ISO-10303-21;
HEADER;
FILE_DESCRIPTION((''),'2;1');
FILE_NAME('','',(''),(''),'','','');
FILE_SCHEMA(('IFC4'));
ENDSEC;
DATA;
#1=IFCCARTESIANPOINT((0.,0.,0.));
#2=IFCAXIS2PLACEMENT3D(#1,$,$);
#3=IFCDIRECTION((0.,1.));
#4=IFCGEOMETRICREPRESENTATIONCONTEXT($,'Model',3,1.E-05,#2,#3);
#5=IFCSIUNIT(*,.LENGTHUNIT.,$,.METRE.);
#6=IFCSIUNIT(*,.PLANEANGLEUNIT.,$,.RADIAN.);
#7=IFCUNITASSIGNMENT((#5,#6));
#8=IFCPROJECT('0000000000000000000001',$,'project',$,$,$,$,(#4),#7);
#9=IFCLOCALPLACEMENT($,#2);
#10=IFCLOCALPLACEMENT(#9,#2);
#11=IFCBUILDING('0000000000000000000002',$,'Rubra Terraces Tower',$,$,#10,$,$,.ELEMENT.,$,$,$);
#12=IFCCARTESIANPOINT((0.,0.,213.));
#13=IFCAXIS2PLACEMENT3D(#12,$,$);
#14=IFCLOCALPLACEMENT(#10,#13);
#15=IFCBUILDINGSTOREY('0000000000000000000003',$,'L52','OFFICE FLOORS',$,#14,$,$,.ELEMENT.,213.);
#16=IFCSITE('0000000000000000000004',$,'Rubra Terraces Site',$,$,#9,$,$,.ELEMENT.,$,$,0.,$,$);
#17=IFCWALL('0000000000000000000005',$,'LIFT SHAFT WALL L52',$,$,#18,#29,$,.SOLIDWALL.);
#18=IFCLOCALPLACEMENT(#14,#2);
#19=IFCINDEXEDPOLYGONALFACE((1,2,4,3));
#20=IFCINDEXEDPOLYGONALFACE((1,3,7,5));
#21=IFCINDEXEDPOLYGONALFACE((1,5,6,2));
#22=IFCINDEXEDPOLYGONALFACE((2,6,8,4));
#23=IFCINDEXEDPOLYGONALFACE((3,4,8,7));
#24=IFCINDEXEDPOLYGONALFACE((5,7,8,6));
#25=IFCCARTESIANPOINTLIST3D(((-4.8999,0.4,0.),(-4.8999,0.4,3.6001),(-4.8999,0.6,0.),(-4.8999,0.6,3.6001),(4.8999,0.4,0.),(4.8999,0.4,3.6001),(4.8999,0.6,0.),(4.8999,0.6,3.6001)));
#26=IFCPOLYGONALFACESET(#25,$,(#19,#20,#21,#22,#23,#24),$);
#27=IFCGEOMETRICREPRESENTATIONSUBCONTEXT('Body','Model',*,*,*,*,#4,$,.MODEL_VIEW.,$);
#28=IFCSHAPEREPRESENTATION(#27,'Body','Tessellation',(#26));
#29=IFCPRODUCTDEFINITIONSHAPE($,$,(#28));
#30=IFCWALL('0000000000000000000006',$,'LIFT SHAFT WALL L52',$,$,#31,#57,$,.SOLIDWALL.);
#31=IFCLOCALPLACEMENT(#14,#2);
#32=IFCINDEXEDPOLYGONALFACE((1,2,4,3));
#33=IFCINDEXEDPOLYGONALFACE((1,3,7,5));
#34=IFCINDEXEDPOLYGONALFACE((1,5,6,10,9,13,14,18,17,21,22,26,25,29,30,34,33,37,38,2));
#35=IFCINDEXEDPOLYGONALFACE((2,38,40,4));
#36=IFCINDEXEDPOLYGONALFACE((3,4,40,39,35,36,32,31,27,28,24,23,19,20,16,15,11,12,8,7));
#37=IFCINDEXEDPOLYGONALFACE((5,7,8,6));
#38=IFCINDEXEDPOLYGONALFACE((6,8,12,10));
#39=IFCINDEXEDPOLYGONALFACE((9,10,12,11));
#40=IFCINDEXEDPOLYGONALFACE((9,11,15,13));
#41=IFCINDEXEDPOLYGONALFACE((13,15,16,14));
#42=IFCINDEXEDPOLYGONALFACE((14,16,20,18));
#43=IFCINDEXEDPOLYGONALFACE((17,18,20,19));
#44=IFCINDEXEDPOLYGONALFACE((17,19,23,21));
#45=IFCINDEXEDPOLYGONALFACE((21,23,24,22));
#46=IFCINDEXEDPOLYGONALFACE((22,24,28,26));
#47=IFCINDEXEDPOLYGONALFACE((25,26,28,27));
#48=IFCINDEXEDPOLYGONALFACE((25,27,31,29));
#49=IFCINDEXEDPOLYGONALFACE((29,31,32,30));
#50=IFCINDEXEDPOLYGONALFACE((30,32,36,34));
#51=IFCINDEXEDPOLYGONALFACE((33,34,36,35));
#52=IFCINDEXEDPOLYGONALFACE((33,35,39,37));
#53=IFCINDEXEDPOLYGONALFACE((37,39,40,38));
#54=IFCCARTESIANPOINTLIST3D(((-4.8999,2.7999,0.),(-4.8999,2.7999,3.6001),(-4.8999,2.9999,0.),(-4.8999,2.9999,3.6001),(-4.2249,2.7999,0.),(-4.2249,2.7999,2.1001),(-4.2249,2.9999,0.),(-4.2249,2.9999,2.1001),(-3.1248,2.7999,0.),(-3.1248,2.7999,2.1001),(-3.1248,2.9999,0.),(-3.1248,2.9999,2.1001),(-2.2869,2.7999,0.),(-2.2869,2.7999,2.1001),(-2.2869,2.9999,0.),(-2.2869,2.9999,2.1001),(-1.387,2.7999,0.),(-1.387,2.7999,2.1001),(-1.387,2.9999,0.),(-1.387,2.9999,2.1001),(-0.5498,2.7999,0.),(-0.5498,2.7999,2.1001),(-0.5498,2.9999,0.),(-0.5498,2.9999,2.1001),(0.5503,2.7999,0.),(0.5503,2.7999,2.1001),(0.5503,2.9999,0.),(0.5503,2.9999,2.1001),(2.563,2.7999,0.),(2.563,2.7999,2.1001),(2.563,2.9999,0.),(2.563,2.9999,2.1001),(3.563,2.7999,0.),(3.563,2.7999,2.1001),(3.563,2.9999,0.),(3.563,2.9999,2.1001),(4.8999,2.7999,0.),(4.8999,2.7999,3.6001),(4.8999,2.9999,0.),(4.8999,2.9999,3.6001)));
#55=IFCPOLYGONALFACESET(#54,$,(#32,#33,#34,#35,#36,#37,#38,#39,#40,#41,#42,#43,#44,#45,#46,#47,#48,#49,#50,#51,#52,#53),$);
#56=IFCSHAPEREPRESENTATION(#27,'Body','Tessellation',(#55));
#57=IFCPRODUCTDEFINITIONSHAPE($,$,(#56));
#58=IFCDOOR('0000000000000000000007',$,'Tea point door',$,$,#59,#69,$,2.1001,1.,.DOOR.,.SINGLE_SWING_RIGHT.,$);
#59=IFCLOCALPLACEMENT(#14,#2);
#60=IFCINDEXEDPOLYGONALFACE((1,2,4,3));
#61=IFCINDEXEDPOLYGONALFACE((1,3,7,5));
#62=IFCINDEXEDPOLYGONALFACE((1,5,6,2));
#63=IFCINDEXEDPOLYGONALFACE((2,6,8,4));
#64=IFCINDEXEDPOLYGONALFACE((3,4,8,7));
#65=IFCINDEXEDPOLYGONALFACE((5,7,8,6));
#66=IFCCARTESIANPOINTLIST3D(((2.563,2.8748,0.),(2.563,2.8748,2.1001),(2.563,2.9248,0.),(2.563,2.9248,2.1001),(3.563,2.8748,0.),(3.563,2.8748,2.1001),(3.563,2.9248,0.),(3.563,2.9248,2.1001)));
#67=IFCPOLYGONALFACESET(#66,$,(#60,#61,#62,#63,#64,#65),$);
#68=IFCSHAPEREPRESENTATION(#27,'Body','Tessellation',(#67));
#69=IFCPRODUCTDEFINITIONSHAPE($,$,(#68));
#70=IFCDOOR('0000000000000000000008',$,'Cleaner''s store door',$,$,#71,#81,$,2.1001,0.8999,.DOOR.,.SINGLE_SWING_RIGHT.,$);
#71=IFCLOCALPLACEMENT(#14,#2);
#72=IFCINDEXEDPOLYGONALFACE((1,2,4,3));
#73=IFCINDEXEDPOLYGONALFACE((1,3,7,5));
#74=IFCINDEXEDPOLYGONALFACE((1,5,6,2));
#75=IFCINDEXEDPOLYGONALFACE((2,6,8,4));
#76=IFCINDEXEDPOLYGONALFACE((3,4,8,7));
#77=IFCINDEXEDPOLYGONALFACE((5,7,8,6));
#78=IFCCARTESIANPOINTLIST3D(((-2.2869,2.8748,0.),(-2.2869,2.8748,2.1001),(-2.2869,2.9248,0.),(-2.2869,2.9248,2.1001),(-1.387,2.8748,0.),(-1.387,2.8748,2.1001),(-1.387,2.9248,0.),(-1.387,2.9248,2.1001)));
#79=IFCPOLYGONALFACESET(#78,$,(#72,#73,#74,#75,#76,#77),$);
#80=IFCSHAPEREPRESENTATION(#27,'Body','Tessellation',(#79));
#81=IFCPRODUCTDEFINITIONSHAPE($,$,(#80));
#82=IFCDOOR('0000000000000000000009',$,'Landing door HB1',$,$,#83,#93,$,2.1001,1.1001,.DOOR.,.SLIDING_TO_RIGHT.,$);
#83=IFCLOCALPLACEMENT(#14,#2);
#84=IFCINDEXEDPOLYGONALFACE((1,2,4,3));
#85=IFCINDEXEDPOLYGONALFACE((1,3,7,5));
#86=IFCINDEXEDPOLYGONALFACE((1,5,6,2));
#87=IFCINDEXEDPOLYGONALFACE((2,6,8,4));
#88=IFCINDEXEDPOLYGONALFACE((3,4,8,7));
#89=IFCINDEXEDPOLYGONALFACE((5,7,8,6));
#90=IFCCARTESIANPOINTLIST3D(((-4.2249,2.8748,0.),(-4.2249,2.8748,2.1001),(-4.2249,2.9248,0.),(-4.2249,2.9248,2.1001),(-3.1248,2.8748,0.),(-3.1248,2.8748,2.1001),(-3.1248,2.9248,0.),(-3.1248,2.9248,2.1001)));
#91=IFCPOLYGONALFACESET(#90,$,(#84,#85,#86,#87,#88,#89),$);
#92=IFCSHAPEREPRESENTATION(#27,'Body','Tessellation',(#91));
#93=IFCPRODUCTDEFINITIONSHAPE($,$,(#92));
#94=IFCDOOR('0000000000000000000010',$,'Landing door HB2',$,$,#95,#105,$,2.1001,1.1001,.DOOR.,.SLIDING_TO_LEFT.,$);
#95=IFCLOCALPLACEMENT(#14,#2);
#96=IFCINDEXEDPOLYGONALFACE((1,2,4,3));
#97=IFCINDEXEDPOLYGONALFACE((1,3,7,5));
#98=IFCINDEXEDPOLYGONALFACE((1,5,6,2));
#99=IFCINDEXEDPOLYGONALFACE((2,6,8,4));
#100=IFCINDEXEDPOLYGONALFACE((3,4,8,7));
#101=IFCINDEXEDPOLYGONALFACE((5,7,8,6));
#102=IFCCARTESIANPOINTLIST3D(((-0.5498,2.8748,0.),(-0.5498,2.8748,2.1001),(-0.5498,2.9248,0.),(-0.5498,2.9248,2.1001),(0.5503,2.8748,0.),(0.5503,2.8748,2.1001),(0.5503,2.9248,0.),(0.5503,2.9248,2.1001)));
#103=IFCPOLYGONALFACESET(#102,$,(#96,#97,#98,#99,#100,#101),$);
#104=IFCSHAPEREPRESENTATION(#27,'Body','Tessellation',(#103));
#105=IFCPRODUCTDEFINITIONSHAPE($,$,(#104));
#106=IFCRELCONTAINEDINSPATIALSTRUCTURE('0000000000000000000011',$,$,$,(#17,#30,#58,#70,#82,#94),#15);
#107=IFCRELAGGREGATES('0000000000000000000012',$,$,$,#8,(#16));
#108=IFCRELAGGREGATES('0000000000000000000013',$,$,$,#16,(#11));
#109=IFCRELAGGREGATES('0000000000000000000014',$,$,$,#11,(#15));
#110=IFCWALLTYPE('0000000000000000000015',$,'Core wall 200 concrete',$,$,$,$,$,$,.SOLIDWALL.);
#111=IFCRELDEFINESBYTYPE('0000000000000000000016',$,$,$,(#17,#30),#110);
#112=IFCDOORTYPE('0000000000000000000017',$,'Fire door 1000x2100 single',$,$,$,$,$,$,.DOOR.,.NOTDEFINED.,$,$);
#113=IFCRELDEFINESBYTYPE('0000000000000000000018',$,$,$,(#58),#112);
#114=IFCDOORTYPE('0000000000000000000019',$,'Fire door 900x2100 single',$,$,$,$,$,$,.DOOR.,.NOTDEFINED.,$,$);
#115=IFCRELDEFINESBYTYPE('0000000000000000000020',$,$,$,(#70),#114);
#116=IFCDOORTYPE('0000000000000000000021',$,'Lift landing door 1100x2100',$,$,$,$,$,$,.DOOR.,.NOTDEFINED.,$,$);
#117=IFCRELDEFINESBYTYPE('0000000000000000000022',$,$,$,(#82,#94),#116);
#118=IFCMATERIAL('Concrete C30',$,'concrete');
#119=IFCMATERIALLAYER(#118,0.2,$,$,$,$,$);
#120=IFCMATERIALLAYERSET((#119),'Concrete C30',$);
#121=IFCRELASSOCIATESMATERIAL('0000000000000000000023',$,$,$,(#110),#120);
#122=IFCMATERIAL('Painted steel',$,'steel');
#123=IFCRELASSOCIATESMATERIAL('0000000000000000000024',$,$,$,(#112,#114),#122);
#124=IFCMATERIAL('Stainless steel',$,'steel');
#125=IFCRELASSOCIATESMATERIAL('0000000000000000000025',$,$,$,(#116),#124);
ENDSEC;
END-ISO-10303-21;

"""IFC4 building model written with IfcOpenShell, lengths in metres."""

from ifc_helpers import new_model, si_unit, direction, frame, frame_2d, origin, place, context, subcontext, project, spatial, rectangle, extrude, material, layer, layer_set, type_object, element, fill, save


model = new_model("IFC4")

# Units and contexts
model_context = context("Model", 3, precision=1e-05, world=origin(), true_north=direction((0.0, 1.0)))
body_context = subcontext(model_context, "Body", "Model", "MODEL_VIEW")
ifc_project = project(units=[si_unit("LENGTHUNIT", "METRE"), si_unit("PLANEANGLEUNIT", "RADIAN")], contexts=[model_context])

# Site, building, storey
site_placement = place(None, origin())
site = spatial("IfcSite", under=ifc_project, at=site_placement, Name="Rubra Terraces Site", CompositionType="ELEMENT", RefElevation=0.0)
building_placement = place(site_placement, origin())
building = spatial("IfcBuilding", under=site, at=building_placement, Name="Rubra Terraces Tower", CompositionType="ELEMENT")
storey_placement = place(building_placement, frame((0.0, 0.0, 213.0)))
storey = spatial("IfcBuildingStorey", under=building, at=storey_placement, Name="L52", Description="OFFICE FLOORS", CompositionType="ELEMENT", Elevation=213.0)

# Wall
ifc_material_1 = material(Name="Concrete C30", Category="concrete")
ifc_layer_1 = layer(ifc_material_1, 0.2)
ifc_layer_set_1 = layer_set([ifc_layer_1], Name="Concrete C30")
wall_type_1 = type_object("IfcWallType", Name="Core wall 200 concrete", PredefinedType="SOLIDWALL", material=ifc_layer_set_1)
wall_1_placement = place(storey_placement, frame((-4.8999, 0.5, 0.0), z_axis=(0.0, 0.0, 1.0), x_axis=(1.0, 0.0, 0.0)))
element("IfcWall", 1, at=wall_1_placement, inside=storey, type_object=wall_type_1, Name="LIFT SHAFT WALL L52", PredefinedType="SOLIDWALL", context=body_context, shape_type="SweptSolid", body=[
    extrude(rectangle(XDim=9.7998, YDim=0.2, at=frame_2d((4.8999, 0.0))), origin(), (0.0, 0.0, 1.0), 3.6001),
])

# Wall, openings, doors
wall_2_placement = place(storey_placement, frame((-4.8999, 2.8999, 0.0), z_axis=(0.0, 0.0, 1.0), x_axis=(1.0, 0.0, 0.0)))
wall_2 = element("IfcWall", 2, at=wall_2_placement, inside=storey, type_object=wall_type_1, Name="LIFT SHAFT WALL L52", PredefinedType="SOLIDWALL", context=body_context, shape_type="SweptSolid", body=[
    extrude(rectangle(XDim=9.7998, YDim=0.2, at=frame_2d((4.8999, 0.0))), origin(), (0.0, 0.0, 1.0), 3.6001),
])
opening_1_placement = place(wall_2_placement, frame((0.675, 0.0, 0.0)))
opening_1 = element("IfcOpeningElement", 3, at=opening_1_placement, cuts=wall_2, PredefinedType="OPENING", context=body_context, shape_type="SweptSolid", body=[
    extrude(rectangle(XDim=1.1001, YDim=2.1001, at=frame_2d((0.55, 1.05))), frame((0.0, 0.1099, 0.0), z_axis=(0.0, -1.0, 0.0), x_axis=(1.0, 0.0, 0.0)), (0.0, 0.0, 1.0), 0.22),
])
opening_2_placement = place(wall_2_placement, frame((2.613, 0.0, 0.0)))
opening_2 = element("IfcOpeningElement", 4, at=opening_2_placement, cuts=wall_2, PredefinedType="OPENING", context=body_context, shape_type="SweptSolid", body=[
    extrude(rectangle(XDim=0.8999, YDim=2.1001, at=frame_2d((0.45, 1.05))), frame((0.0, 0.1099, 0.0), z_axis=(0.0, -1.0, 0.0), x_axis=(1.0, 0.0, 0.0)), (0.0, 0.0, 1.0), 0.22),
])
opening_3_placement = place(wall_2_placement, frame((4.3501, 0.0, 0.0)))
opening_3 = element("IfcOpeningElement", 5, at=opening_3_placement, cuts=wall_2, PredefinedType="OPENING", context=body_context, shape_type="SweptSolid", body=[
    extrude(rectangle(XDim=1.1001, YDim=2.1001, at=frame_2d((0.55, 1.05))), frame((0.0, 0.1099, 0.0), z_axis=(0.0, -1.0, 0.0), x_axis=(1.0, 0.0, 0.0)), (0.0, 0.0, 1.0), 0.22),
])
opening_4_placement = place(wall_2_placement, frame((7.4629, 0.0, 0.0)))
opening_4 = element("IfcOpeningElement", 6, at=opening_4_placement, cuts=wall_2, PredefinedType="OPENING", context=body_context, shape_type="SweptSolid", body=[
    extrude(rectangle(XDim=1.0, YDim=2.1001, at=frame_2d((0.5, 1.05))), frame((0.0, 0.1099, 0.0), z_axis=(0.0, -1.0, 0.0), x_axis=(1.0, 0.0, 0.0)), (0.0, 0.0, 1.0), 0.22),
])
ifc_material_2 = material(Name="Painted steel", Category="steel")
door_type_1 = type_object("IfcDoorType", Name="Fire door 1000x2100 single", OperationType="NOTDEFINED", PredefinedType="DOOR", material=ifc_material_2)
door_1_placement = place(opening_4_placement, origin())
door_1 = element("IfcDoor", 7, at=door_1_placement, inside=storey, type_object=door_type_1, Name="Tea point door", OperationType="SINGLE_SWING_RIGHT", OverallHeight=2.1001, OverallWidth=1.0, PredefinedType="DOOR", context=body_context, shape_type="SweptSolid", body=[
    extrude(rectangle(XDim=1.0, YDim=2.1001, at=frame_2d((0.5, 1.05))), frame((0.0, 0.0249, 0.0), z_axis=(0.0, -1.0, 0.0), x_axis=(1.0, 0.0, 0.0)), (0.0, 0.0, 1.0), 0.05),
])
fill(opening_4, door_1)
door_type_2 = type_object("IfcDoorType", Name="Fire door 900x2100 single", OperationType="NOTDEFINED", PredefinedType="DOOR", material=ifc_material_2)
door_2_placement = place(opening_2_placement, origin())
door_2 = element("IfcDoor", 8, at=door_2_placement, inside=storey, type_object=door_type_2, Name="Cleaner's store door", OperationType="SINGLE_SWING_RIGHT", OverallHeight=2.1001, OverallWidth=0.8999, PredefinedType="DOOR", context=body_context, shape_type="SweptSolid", body=[
    extrude(rectangle(XDim=0.8999, YDim=2.1001, at=frame_2d((0.45, 1.05))), frame((0.0, 0.0249, 0.0), z_axis=(0.0, -1.0, 0.0), x_axis=(1.0, 0.0, 0.0)), (0.0, 0.0, 1.0), 0.05),
])
fill(opening_2, door_2)
ifc_material_3 = material(Name="Stainless steel", Category="steel")
door_type_3 = type_object("IfcDoorType", Name="Lift landing door 1100x2100", OperationType="NOTDEFINED", PredefinedType="DOOR", material=ifc_material_3)
door_3_placement = place(opening_1_placement, origin())
door_3 = element("IfcDoor", 9, at=door_3_placement, inside=storey, type_object=door_type_3, Name="Landing door HB1", OperationType="SLIDING_TO_RIGHT", OverallHeight=2.1001, OverallWidth=1.1001, PredefinedType="DOOR", context=body_context, shape_type="SweptSolid", body=[
    extrude(rectangle(XDim=1.1001, YDim=2.1001, at=frame_2d((0.55, 1.05))), frame((0.0, 0.0249, 0.0), z_axis=(0.0, -1.0, 0.0), x_axis=(1.0, 0.0, 0.0)), (0.0, 0.0, 1.0), 0.05),
])
fill(opening_1, door_3)
door_4_placement = place(opening_3_placement, origin())
door_4 = element("IfcDoor", 10, at=door_4_placement, inside=storey, type_object=door_type_3, Name="Landing door HB2", OperationType="SLIDING_TO_LEFT", OverallHeight=2.1001, OverallWidth=1.1001, PredefinedType="DOOR", context=body_context, shape_type="SweptSolid", body=[
    extrude(rectangle(XDim=1.1001, YDim=2.1001, at=frame_2d((0.55, 1.05))), frame((0.0, 0.0249, 0.0), z_axis=(0.0, -1.0, 0.0), x_axis=(1.0, 0.0, 0.0)), (0.0, 0.0, 1.0), 0.05),
])
fill(opening_3, door_4)

save(model, "model.ifc")
